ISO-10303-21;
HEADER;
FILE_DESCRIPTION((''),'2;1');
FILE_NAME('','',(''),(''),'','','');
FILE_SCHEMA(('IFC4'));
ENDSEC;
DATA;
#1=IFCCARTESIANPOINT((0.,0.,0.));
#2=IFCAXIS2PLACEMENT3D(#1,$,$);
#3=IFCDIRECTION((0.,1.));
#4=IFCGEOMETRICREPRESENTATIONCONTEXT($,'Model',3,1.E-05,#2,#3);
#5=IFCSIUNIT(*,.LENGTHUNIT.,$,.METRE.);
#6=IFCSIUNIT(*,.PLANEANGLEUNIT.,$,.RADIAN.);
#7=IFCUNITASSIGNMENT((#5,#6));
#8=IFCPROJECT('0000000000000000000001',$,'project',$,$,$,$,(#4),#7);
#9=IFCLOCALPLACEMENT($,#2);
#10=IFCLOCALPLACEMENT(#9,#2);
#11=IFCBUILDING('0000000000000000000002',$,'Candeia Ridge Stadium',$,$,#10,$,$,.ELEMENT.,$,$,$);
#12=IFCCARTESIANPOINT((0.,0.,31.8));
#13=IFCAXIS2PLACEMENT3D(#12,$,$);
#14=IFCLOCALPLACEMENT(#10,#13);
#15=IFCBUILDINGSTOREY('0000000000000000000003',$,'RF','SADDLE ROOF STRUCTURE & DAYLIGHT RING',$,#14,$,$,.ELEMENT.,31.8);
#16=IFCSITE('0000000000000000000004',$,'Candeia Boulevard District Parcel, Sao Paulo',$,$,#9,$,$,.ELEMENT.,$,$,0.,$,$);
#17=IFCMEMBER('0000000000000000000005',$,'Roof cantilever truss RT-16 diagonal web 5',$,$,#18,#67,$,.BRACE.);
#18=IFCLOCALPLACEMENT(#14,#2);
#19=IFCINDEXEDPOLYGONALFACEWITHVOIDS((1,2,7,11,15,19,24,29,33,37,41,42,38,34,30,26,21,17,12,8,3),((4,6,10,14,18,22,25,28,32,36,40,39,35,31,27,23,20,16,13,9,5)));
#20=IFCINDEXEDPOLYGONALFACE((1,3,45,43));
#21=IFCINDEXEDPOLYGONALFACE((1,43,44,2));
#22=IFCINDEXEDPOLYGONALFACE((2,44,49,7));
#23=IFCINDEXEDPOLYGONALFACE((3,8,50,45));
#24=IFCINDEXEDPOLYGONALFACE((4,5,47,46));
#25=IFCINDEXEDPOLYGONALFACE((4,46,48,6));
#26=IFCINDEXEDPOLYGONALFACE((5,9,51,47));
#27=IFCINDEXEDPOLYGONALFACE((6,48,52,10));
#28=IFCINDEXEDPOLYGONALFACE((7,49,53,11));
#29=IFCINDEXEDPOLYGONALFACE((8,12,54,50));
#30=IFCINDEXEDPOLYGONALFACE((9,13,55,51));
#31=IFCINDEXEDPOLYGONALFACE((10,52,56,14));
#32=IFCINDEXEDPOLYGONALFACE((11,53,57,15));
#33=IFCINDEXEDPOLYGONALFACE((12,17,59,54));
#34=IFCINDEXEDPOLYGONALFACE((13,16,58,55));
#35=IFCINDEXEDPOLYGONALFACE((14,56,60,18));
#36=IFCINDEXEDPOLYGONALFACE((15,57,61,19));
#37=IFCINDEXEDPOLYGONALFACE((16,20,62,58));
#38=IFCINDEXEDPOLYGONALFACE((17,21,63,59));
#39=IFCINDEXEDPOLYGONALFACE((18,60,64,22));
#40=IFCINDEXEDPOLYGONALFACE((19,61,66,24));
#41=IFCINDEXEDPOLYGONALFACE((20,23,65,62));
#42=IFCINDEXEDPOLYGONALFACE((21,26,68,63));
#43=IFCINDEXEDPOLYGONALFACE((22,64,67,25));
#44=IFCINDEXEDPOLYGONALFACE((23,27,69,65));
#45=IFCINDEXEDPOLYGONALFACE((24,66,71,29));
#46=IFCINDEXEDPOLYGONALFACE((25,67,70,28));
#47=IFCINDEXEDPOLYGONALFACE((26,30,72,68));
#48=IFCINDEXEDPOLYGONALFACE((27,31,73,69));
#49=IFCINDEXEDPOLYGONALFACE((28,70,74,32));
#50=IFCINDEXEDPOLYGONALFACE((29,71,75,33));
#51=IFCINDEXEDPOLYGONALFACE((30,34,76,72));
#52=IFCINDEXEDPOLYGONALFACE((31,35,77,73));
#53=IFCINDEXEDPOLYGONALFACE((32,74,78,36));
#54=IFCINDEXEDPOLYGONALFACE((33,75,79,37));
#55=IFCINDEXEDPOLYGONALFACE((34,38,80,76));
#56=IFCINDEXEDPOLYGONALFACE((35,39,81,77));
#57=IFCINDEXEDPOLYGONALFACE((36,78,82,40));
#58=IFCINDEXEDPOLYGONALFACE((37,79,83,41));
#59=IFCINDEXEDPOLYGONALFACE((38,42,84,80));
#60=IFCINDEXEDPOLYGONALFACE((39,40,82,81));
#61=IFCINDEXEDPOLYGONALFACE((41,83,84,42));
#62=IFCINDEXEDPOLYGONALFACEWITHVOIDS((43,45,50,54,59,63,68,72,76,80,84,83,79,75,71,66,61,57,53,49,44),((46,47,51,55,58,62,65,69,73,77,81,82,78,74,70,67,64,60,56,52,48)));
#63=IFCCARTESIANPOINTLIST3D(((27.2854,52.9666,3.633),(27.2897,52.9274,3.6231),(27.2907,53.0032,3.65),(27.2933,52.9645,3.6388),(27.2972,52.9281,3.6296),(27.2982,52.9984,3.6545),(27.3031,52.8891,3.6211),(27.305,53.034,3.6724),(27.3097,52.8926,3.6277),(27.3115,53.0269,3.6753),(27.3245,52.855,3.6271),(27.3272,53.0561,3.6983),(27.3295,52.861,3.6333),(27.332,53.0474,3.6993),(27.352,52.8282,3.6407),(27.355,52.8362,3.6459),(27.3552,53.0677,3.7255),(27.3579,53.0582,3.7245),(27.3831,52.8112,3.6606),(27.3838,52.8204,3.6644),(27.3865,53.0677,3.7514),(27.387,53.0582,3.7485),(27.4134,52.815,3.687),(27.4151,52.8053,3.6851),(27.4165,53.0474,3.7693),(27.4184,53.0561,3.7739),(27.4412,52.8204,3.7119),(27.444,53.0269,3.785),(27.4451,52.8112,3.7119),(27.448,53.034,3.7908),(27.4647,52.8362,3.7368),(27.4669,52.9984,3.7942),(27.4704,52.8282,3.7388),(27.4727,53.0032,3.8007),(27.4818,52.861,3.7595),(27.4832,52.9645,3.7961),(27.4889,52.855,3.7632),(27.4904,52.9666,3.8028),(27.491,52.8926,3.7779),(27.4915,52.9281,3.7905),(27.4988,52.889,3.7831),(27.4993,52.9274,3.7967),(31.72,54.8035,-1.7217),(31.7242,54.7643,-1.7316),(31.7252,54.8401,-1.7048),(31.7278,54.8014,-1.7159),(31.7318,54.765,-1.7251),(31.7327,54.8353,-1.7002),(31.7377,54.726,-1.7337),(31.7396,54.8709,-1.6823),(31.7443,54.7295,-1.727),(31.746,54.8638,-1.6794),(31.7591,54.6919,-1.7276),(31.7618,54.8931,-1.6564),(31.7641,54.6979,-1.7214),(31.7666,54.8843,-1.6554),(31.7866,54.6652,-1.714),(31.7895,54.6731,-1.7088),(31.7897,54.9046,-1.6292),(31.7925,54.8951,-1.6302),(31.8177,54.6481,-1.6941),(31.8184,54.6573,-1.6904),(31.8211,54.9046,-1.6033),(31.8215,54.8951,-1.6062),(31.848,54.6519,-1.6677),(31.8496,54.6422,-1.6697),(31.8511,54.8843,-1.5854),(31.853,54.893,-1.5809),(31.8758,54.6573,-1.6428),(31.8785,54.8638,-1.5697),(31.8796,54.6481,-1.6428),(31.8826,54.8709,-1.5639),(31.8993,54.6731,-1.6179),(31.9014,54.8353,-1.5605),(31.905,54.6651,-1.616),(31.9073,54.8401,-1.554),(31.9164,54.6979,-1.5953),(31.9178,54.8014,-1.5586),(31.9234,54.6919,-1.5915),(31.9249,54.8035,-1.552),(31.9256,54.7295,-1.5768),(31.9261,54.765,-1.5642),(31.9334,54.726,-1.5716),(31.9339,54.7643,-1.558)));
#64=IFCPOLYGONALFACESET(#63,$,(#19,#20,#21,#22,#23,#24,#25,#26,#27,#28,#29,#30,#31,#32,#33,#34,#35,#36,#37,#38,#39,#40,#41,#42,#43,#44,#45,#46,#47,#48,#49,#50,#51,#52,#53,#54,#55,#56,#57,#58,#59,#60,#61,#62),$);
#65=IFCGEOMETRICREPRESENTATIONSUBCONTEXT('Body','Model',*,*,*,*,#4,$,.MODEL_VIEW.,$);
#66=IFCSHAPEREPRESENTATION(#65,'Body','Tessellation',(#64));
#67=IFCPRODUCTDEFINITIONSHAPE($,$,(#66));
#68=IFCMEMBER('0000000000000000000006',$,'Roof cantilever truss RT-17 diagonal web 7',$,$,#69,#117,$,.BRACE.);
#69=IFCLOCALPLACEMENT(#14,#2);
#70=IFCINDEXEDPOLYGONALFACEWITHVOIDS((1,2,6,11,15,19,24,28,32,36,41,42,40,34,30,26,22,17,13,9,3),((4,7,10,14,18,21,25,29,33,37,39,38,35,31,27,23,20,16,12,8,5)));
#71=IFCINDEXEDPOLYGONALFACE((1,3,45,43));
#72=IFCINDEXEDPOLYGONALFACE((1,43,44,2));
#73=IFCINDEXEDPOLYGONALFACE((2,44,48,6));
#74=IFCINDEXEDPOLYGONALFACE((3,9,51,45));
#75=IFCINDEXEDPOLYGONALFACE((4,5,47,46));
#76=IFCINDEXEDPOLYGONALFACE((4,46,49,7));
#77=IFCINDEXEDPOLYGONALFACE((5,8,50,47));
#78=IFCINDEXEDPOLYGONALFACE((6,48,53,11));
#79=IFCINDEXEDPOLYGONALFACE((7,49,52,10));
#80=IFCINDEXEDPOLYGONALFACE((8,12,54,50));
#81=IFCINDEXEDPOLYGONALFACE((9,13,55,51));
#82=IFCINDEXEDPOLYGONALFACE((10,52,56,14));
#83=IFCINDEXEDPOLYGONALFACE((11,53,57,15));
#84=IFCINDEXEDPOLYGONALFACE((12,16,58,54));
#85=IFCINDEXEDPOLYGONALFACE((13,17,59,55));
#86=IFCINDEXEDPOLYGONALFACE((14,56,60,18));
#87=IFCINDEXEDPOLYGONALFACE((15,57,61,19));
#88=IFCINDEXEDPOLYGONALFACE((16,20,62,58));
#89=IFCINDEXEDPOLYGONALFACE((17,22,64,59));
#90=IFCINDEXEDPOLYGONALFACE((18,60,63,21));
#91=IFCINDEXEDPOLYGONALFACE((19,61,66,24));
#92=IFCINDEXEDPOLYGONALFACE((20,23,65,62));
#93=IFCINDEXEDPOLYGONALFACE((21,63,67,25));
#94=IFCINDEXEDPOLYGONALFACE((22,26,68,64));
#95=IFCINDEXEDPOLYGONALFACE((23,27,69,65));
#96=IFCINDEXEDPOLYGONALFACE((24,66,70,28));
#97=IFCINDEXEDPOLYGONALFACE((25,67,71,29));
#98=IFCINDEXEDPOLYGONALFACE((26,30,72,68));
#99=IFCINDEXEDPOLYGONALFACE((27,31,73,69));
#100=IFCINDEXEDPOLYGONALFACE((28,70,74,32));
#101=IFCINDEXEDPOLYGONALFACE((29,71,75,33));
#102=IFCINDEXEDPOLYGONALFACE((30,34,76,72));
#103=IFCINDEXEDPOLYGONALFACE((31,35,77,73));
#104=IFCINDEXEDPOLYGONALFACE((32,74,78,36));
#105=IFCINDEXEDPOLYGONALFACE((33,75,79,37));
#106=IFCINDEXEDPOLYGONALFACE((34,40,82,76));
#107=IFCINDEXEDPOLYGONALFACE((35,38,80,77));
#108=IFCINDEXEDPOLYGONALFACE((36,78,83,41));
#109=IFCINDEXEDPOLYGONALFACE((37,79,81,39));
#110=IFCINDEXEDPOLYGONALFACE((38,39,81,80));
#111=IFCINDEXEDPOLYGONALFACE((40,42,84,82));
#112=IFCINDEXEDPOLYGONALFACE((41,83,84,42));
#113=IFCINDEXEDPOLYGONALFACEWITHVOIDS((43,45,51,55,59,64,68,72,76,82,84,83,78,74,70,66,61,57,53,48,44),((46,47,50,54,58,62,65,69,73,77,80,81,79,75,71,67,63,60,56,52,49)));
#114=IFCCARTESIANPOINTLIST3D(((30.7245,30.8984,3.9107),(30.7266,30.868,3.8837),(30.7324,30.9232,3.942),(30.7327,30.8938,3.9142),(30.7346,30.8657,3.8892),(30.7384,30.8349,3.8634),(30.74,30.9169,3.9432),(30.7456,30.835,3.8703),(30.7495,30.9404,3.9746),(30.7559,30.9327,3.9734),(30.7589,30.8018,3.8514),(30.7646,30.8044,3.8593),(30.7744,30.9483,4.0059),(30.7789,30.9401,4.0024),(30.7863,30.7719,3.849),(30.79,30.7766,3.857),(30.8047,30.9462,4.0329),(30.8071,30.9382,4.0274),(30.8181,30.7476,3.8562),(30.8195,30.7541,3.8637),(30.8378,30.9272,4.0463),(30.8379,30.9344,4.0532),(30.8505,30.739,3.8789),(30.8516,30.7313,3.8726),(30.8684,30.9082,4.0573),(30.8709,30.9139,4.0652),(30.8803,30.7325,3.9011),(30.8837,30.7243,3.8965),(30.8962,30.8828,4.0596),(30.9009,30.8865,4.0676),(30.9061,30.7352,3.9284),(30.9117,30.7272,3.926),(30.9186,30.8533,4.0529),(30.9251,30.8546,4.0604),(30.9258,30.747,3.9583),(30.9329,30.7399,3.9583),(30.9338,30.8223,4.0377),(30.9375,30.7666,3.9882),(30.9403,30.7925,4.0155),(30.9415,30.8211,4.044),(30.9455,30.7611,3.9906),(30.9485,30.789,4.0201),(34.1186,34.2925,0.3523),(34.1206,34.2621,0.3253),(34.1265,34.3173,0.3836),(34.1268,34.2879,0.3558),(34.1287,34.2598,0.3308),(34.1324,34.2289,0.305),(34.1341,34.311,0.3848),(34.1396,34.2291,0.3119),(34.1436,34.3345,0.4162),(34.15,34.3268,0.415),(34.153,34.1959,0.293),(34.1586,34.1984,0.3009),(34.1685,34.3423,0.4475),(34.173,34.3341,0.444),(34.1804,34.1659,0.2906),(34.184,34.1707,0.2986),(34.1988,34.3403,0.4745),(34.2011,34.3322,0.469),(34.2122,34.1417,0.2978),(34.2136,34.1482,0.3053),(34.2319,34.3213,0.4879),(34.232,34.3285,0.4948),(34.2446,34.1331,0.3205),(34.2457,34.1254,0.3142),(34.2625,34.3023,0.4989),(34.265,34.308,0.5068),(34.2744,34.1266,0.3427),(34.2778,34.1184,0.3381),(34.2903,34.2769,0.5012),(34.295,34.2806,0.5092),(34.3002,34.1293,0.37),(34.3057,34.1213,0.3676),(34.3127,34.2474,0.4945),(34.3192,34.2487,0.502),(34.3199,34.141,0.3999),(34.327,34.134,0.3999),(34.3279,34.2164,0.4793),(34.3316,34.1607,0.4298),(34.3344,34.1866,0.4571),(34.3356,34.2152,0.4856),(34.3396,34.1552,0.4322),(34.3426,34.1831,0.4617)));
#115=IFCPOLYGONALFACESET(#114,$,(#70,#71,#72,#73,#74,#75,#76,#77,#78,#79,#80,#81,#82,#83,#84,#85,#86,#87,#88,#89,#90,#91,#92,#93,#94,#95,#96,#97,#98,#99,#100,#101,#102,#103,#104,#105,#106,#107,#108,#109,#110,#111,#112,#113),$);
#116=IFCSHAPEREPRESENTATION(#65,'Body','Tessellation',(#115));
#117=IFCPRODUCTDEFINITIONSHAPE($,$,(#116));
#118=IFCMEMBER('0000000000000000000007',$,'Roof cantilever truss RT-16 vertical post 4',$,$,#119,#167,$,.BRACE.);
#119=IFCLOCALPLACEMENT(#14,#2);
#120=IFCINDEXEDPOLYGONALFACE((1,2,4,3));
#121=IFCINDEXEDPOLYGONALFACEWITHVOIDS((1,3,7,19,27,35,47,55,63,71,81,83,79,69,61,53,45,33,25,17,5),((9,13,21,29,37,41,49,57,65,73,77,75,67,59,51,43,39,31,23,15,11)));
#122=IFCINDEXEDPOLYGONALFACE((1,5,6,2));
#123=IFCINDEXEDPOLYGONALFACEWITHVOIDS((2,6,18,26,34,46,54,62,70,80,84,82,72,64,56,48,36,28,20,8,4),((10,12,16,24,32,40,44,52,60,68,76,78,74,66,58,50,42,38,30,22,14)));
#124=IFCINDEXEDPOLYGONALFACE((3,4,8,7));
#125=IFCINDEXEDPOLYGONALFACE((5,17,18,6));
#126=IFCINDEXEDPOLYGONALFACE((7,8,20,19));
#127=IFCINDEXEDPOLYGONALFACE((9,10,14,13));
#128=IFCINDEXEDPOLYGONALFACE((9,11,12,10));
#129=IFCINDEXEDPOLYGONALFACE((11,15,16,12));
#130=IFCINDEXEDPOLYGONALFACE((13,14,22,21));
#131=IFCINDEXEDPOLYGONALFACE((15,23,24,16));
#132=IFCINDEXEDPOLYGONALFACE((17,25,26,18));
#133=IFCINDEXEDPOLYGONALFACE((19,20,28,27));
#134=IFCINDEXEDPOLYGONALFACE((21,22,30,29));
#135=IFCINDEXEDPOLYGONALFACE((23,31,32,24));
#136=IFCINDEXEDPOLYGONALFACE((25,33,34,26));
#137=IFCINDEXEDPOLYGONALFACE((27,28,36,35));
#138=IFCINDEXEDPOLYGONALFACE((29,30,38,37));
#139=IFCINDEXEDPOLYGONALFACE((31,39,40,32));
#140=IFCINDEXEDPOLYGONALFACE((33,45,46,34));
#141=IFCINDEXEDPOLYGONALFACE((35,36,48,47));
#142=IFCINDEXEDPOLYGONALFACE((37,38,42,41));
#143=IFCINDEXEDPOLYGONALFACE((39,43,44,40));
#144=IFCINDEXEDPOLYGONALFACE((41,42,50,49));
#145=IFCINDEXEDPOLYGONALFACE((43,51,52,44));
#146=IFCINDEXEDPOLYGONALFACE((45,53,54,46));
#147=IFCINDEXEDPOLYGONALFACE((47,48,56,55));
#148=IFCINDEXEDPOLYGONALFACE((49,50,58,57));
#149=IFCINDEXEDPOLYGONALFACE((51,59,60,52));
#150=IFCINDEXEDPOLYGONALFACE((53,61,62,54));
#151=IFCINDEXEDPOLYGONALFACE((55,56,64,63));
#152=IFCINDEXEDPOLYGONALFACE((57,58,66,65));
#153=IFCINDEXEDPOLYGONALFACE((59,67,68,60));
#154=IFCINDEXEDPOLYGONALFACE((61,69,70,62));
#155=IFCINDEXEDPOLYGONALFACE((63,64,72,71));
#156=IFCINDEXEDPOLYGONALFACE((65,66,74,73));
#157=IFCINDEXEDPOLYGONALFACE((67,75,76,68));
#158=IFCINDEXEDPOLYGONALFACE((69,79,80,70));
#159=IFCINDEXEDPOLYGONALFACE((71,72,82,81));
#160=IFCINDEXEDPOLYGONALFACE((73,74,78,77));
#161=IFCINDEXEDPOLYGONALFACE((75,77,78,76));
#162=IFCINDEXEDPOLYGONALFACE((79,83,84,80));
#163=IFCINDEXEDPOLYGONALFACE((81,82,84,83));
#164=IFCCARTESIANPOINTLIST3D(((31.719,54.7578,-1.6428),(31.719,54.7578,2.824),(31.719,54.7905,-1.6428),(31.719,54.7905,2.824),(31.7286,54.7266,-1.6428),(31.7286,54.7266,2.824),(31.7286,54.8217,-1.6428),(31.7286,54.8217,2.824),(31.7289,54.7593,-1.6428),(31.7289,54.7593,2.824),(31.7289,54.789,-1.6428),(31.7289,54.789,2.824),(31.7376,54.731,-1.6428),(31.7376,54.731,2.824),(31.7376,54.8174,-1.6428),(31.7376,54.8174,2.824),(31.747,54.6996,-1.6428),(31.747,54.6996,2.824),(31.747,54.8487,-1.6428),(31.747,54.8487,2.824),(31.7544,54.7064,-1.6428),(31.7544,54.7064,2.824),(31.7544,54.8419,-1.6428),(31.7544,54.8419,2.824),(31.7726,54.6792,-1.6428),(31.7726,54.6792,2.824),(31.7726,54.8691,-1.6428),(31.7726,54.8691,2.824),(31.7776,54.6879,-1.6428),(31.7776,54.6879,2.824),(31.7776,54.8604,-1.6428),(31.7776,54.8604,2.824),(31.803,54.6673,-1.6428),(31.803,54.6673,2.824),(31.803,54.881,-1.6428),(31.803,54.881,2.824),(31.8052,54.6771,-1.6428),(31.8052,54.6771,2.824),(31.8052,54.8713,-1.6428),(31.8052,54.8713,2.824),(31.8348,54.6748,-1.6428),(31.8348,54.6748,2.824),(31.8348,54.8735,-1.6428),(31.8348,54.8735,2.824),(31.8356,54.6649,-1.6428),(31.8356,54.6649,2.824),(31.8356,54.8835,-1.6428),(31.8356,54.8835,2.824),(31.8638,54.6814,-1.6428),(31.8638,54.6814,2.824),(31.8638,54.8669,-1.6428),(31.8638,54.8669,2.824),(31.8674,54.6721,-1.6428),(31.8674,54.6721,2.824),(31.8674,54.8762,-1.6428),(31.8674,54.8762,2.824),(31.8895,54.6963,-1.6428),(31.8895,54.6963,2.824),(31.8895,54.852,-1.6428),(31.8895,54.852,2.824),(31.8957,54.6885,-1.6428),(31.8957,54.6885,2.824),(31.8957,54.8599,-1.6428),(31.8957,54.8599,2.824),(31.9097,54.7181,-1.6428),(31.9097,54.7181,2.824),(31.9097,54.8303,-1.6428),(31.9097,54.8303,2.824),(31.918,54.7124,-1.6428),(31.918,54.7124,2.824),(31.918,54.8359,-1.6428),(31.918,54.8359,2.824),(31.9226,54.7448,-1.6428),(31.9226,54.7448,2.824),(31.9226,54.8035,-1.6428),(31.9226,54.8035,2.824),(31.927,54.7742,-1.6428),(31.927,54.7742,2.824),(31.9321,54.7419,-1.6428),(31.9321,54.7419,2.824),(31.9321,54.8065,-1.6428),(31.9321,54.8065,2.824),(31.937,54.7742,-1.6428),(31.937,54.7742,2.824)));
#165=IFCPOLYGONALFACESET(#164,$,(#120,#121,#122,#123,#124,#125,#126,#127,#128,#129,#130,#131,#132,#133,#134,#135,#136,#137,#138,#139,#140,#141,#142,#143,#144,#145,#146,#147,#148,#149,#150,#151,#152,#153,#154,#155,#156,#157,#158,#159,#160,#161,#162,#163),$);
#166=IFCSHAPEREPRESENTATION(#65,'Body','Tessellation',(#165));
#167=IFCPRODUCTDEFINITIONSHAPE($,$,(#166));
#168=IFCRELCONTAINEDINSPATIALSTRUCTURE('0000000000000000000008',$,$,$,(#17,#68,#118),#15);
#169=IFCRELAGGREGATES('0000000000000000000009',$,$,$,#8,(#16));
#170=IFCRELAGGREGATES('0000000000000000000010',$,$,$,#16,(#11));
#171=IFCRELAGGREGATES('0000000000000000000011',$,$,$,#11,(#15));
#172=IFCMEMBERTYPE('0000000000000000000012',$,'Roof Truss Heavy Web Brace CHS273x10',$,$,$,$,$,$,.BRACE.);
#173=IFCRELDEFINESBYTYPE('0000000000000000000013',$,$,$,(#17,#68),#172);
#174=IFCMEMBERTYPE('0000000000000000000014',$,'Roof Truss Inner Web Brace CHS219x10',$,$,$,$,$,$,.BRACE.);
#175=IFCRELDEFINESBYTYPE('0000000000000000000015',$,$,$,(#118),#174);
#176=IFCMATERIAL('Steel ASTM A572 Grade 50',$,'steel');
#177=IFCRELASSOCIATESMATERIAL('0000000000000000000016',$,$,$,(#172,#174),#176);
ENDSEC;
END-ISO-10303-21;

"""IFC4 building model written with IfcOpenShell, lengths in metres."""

from ifc_helpers import new_model, si_unit, direction, frame, origin, origin_2d, place, context, subcontext, project, spatial, hollow_circle, extrude, material, material_profile, profile_set, type_object, element, save


model = new_model("IFC4")

# Units and contexts
model_context = context("Model", 3, precision=1e-05, world=origin(), true_north=direction((0.0, 1.0)))
body_context = subcontext(model_context, "Body", "Model", "MODEL_VIEW")
ifc_project = project(units=[si_unit("LENGTHUNIT", "METRE"), si_unit("PLANEANGLEUNIT", "RADIAN")], contexts=[model_context])

# Site, building, storey
site_placement = place(None, origin())
site = spatial("IfcSite", under=ifc_project, at=site_placement, Name="Candeia Boulevard District Parcel, Sao Paulo", CompositionType="ELEMENT", RefElevation=0.0)
building_placement = place(site_placement, origin())
building = spatial("IfcBuilding", under=site, at=building_placement, Name="Candeia Ridge Stadium", CompositionType="ELEMENT")
storey_placement = place(building_placement, frame((0.0, 0.0, 31.8)))
storey = spatial("IfcBuildingStorey", under=building, at=storey_placement, Name="RF", Description="SADDLE ROOF STRUCTURE & DAYLIGHT RING", CompositionType="ELEMENT", Elevation=31.8)

# Shared definitions
ifc_material_1 = material(Name="Steel ASTM A572 Grade 50", Category="steel")

# Members
ifc_material_profile_1 = material_profile(ifc_material_1, hollow_circle(Radius=0.1365, WallThickness=0.01, at=origin_2d()), Name="CHS273x10", Category="steel")
ifc_profile_set_1 = profile_set([ifc_material_profile_1], Name="Steel ASTM A572 Grade 50")
member_type_1 = type_object("IfcMemberType", Name="Roof Truss Heavy Web Brace CHS273x10", PredefinedType="BRACE", material=ifc_profile_set_1)
member_1_placement = place(storey_placement, frame((31.8274, 54.7742, -1.6428), z_axis=(-0.616669, -0.25544, 0.744627), x_axis=(0.382693, -0.923875, 0.0)))
element("IfcMember", 1, at=member_1_placement, inside=storey, type_object=member_type_1, Name="Roof cantilever truss RT-16 diagonal web 5", PredefinedType="BRACE", context=body_context, shape_type="SweptSolid", body=[
    extrude(hollow_circle(Radius=0.1365, WallThickness=0.01, at=origin_2d()), origin(), (0.0, 0.0, 1.0), 7.1912),
])
member_2_placement = place(storey_placement, frame((34.2305, 34.2305, 0.3999), z_axis=(-0.568038, -0.568038, 0.595537), x_axis=(0.707107, -0.707107, 0.0)))
element("IfcMember", 2, at=member_2_placement, inside=storey, type_object=member_type_1, Name="Roof cantilever truss RT-17 diagonal web 7", PredefinedType="BRACE", context=body_context, shape_type="SweptSolid", body=[
    extrude(hollow_circle(Radius=0.1365, WallThickness=0.01, at=origin_2d()), origin(), (0.0, 0.0, 1.0), 5.9751),
])
ifc_material_profile_2 = material_profile(ifc_material_1, hollow_circle(Radius=0.1096, WallThickness=0.01, at=origin_2d()), Name="CHS219x10", Category="steel")
ifc_profile_set_2 = profile_set([ifc_material_profile_2], Name="Steel ASTM A572 Grade 50")
member_type_2 = type_object("IfcMemberType", Name="Roof Truss Inner Web Brace CHS219x10", PredefinedType="BRACE", material=ifc_profile_set_2)
member_3_placement = place(storey_placement, frame((31.8274, 54.7742, -1.6428), z_axis=(0.0, 0.0, 1.0), x_axis=(1.0, 0.0, 0.0)))
element("IfcMember", 3, at=member_3_placement, inside=storey, type_object=member_type_2, Name="Roof cantilever truss RT-16 vertical post 4", PredefinedType="BRACE", context=body_context, shape_type="SweptSolid", body=[
    extrude(hollow_circle(Radius=0.1096, WallThickness=0.01, at=origin_2d()), origin(), (0.0, 0.0, 1.0), 4.4668),
])

save(model, "model.ifc")
